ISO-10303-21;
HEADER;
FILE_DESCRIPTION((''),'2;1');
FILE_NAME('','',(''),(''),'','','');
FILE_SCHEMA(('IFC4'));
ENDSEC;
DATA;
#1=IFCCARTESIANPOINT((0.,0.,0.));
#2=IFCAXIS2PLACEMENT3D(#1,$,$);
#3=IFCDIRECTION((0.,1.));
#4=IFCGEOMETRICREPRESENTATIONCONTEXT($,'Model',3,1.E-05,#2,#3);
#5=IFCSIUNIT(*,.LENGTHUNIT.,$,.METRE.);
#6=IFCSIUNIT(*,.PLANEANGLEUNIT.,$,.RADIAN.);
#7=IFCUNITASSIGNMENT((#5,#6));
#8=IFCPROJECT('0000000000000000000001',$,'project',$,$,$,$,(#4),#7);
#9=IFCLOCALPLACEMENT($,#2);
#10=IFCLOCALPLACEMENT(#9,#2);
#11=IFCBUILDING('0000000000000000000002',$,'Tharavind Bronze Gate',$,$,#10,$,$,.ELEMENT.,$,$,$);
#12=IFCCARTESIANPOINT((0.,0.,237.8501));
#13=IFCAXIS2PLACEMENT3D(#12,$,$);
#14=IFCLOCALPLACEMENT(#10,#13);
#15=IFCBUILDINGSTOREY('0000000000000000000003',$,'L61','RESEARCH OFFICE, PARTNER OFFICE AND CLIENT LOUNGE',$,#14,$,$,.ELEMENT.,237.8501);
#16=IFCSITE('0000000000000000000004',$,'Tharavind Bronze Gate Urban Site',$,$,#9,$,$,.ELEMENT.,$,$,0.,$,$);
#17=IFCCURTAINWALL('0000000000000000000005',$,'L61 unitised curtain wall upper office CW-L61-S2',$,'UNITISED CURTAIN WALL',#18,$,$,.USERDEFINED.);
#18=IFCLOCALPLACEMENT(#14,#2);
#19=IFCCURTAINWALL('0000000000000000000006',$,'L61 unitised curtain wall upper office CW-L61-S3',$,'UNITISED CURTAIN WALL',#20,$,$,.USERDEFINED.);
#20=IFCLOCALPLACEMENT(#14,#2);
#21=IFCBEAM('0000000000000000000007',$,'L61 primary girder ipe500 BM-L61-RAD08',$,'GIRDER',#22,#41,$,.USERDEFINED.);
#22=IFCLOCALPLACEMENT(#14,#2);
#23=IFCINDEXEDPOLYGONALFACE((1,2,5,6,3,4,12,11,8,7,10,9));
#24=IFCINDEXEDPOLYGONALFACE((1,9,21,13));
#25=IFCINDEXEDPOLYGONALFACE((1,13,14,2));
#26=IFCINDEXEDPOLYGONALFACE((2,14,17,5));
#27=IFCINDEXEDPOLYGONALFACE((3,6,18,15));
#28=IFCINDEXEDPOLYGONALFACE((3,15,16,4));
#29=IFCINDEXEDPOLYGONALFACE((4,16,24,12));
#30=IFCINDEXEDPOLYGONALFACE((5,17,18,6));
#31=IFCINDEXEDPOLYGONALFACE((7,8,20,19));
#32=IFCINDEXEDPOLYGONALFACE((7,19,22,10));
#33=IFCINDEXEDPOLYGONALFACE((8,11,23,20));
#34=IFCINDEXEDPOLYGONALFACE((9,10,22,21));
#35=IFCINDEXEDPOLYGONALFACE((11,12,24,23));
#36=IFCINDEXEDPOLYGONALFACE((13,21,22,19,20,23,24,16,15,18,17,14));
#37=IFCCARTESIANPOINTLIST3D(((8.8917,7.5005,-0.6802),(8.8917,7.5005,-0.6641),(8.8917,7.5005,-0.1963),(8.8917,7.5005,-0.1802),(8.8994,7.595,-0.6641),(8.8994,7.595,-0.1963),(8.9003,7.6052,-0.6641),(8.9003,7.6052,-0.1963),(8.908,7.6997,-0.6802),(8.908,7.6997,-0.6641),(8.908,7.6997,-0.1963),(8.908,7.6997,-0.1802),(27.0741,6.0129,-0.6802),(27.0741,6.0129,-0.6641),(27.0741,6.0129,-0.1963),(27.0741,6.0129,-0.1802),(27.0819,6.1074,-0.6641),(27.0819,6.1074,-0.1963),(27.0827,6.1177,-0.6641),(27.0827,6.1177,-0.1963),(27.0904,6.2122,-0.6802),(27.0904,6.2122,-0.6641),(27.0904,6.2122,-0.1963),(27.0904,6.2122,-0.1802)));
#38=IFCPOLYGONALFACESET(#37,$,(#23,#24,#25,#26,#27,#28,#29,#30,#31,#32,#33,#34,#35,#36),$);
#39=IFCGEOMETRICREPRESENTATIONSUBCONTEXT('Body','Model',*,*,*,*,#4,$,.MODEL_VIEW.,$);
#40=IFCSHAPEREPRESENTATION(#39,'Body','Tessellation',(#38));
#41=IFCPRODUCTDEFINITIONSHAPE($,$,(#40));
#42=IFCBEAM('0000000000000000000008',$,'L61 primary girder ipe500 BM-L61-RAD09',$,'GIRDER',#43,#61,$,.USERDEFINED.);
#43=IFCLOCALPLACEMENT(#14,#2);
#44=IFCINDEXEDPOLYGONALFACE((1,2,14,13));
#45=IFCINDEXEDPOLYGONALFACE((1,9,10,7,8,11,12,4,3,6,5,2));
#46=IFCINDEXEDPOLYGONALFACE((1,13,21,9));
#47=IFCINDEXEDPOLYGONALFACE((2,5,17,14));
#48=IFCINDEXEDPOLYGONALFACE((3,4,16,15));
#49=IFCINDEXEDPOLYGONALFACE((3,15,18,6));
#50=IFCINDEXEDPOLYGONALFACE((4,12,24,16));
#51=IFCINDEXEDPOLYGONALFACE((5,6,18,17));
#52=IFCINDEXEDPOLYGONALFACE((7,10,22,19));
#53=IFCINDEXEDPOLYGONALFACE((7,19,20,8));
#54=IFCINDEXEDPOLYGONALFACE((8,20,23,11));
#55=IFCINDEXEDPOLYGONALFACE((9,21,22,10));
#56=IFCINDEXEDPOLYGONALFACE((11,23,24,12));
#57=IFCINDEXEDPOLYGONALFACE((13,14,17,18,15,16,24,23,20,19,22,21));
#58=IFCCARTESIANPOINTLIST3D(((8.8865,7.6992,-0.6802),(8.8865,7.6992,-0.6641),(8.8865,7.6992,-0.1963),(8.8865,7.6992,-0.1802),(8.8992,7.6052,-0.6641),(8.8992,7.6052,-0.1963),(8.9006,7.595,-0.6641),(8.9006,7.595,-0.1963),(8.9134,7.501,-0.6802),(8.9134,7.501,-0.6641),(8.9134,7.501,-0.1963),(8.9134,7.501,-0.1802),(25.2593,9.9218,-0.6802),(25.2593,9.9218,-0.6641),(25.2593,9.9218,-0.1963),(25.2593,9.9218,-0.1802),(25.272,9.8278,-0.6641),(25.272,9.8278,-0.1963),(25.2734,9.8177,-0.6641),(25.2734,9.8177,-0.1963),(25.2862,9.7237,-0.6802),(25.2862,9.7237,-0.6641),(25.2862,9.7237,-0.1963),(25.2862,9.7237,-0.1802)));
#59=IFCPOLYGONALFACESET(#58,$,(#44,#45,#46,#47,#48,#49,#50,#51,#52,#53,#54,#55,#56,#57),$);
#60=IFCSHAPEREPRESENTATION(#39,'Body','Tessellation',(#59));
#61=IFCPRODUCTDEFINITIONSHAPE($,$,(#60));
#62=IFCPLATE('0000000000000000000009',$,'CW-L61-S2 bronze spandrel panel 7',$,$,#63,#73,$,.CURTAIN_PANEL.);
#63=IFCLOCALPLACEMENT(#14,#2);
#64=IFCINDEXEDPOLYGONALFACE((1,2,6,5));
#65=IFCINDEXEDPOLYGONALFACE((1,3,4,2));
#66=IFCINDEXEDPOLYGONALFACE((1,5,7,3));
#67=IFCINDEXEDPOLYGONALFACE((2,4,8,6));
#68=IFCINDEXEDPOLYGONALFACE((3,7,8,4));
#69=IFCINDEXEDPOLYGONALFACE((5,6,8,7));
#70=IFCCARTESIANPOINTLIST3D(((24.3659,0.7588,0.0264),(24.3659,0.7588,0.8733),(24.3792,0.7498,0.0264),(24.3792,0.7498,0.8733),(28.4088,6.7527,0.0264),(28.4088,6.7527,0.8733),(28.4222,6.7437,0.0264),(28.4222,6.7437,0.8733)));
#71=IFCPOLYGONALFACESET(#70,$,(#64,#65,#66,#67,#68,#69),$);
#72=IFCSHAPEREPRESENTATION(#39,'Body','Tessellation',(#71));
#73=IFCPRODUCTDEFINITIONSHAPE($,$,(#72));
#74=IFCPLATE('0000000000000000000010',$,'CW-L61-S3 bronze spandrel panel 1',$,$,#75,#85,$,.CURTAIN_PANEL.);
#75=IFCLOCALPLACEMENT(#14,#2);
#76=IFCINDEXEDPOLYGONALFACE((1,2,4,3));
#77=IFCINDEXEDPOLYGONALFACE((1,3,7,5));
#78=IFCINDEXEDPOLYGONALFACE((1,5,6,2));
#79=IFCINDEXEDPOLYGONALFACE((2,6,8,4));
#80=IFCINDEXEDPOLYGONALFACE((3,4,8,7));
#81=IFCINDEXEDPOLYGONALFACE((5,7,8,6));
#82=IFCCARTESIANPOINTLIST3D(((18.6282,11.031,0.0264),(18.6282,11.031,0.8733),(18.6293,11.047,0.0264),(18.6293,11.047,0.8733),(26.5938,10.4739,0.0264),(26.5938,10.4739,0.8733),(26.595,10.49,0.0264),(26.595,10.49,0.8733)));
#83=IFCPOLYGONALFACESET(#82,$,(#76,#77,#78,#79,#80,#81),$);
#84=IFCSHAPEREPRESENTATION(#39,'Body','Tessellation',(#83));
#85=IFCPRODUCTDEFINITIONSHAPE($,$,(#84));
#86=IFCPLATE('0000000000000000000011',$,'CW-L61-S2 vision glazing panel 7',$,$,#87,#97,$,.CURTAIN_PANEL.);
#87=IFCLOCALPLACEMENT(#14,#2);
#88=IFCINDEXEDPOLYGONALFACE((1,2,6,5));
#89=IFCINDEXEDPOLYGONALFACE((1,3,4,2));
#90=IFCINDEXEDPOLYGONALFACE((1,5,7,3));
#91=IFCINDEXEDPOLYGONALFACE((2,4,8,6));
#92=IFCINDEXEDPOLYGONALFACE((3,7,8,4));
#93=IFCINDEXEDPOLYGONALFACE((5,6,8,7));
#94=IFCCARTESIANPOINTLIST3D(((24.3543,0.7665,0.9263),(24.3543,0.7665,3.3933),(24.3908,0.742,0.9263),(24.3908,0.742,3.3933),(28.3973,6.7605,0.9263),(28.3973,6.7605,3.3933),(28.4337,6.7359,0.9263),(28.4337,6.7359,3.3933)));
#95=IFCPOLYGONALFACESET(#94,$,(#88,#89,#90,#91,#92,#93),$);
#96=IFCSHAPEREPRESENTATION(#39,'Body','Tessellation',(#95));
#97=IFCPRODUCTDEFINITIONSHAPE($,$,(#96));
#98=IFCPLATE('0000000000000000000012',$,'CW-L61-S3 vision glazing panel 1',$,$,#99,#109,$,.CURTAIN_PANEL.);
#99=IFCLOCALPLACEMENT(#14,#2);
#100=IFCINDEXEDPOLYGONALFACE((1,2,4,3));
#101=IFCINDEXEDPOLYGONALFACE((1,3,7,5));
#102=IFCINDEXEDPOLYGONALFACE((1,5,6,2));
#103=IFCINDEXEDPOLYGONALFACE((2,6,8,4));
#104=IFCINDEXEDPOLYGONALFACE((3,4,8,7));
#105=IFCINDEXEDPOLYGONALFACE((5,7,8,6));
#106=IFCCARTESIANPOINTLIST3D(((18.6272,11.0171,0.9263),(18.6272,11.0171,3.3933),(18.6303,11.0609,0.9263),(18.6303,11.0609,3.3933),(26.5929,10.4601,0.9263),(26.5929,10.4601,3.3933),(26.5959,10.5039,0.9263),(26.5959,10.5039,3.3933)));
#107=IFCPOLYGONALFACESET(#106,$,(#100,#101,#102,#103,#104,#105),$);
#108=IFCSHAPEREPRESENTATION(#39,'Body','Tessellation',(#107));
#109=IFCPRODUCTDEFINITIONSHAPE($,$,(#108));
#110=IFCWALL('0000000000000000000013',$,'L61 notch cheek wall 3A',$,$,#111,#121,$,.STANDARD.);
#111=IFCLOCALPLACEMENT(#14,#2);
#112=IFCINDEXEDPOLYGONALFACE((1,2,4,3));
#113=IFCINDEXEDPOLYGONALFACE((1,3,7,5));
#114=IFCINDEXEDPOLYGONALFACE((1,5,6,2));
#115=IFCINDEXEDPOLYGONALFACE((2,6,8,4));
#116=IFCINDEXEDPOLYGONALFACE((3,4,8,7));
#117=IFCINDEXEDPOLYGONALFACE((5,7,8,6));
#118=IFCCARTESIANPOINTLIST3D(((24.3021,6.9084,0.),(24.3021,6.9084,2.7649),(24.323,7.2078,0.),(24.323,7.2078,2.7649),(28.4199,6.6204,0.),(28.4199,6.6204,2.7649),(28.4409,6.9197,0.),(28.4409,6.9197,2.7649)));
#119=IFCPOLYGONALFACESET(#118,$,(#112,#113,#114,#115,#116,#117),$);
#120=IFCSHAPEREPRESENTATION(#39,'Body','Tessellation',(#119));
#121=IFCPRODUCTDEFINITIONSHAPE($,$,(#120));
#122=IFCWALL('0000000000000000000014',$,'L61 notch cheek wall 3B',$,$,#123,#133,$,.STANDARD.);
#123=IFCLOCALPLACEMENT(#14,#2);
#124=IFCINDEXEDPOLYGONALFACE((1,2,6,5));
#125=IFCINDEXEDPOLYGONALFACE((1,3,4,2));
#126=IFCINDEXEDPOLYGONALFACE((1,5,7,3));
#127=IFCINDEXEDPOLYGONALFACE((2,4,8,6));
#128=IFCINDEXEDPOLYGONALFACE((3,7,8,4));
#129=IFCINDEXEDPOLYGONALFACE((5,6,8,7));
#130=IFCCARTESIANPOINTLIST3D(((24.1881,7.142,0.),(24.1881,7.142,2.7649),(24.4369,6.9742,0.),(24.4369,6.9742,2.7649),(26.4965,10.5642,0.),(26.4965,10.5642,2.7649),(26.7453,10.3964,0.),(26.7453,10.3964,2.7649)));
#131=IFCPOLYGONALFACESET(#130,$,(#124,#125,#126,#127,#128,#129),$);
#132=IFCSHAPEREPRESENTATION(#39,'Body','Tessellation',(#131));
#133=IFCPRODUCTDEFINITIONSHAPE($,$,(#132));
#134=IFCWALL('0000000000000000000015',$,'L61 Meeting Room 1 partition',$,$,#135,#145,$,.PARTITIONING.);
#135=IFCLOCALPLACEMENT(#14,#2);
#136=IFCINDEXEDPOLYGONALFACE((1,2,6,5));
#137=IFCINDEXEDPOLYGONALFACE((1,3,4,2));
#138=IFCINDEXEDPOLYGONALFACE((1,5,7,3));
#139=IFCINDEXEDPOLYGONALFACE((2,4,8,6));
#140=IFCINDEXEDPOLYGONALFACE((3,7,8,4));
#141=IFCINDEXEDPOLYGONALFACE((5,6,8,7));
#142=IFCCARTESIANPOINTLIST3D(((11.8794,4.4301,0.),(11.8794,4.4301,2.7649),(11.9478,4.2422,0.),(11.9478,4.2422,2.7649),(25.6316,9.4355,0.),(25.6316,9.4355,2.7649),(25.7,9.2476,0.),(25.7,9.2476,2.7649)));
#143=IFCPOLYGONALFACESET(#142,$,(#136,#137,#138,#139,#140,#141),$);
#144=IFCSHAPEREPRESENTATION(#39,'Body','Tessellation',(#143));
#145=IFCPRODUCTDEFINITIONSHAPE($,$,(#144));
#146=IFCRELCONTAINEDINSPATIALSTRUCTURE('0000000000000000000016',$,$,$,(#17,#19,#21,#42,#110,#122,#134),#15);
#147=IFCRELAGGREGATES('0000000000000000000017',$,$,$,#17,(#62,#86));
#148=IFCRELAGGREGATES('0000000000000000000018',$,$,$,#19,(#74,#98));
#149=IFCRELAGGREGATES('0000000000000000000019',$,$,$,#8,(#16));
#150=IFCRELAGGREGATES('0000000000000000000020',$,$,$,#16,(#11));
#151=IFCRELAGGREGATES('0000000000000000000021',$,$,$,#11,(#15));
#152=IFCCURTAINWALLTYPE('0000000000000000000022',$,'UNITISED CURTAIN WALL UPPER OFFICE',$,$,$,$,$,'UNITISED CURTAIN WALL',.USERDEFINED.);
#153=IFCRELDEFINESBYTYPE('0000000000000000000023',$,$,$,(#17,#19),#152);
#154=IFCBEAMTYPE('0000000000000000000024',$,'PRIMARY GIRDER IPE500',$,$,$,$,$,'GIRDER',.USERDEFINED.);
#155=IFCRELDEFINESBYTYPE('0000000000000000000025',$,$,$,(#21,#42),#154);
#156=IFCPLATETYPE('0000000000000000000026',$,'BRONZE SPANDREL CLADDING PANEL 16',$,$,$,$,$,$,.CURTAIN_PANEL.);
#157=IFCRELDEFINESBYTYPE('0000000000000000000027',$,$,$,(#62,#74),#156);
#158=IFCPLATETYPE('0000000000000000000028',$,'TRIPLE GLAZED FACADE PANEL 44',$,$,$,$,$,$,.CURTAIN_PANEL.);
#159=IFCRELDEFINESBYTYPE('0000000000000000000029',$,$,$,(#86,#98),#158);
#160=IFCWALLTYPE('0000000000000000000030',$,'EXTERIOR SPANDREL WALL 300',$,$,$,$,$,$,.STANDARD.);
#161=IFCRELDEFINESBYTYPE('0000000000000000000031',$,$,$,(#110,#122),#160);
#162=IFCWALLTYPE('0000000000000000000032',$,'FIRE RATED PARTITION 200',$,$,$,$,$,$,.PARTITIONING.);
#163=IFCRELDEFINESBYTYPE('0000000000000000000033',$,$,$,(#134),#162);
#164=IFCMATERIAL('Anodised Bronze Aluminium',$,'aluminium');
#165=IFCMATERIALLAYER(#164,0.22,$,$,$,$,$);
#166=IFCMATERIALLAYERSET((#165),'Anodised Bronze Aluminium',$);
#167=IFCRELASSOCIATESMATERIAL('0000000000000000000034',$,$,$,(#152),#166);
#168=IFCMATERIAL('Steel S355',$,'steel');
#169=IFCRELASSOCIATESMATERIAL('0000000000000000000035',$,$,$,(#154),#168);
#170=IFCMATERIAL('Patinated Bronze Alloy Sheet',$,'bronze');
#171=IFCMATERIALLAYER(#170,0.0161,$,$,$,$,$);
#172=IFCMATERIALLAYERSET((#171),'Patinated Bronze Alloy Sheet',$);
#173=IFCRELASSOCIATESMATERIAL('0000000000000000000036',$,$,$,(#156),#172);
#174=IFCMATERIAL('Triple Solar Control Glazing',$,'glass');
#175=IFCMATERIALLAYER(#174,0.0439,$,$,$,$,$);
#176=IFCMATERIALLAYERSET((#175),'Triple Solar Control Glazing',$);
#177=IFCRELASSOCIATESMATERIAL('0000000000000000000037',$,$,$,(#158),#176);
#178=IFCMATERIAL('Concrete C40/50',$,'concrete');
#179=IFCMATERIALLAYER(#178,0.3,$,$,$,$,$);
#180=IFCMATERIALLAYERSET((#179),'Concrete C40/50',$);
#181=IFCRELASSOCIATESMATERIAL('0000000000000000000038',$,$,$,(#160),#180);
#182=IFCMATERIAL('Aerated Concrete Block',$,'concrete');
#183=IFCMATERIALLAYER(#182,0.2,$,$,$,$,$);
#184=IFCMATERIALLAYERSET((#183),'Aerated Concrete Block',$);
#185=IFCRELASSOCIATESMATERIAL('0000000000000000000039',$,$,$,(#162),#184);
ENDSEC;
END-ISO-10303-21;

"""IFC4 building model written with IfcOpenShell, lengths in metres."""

from ifc_helpers import new_model, si_unit, direction, frame, frame_2d, origin, origin_2d, place, context, subcontext, project, spatial, rectangle, i_section, extrude, material, layer, layer_set, material_profile, profile_set, type_object, element, aggregate, save


model = new_model("IFC4")

# Units and contexts
model_context = context("Model", 3, precision=1e-05, world=origin(), true_north=direction((0.0, 1.0)))
body_context = subcontext(model_context, "Body", "Model", "MODEL_VIEW")
ifc_project = project(units=[si_unit("LENGTHUNIT", "METRE"), si_unit("PLANEANGLEUNIT", "RADIAN")], contexts=[model_context])

# Site, building, storey
site_placement = place(None, origin())
site = spatial("IfcSite", under=ifc_project, at=site_placement, Name="Tharavind Bronze Gate Urban Site", CompositionType="ELEMENT", RefElevation=0.0)
building_placement = place(site_placement, origin())
building = spatial("IfcBuilding", under=site, at=building_placement, Name="Tharavind Bronze Gate", CompositionType="ELEMENT")
storey_placement = place(building_placement, frame((0.0, 0.0, 237.8501)))
storey = spatial("IfcBuildingStorey", under=building, at=storey_placement, Name="L61", Description="RESEARCH OFFICE, PARTNER OFFICE AND CLIENT LOUNGE", CompositionType="ELEMENT", Elevation=237.8501)

# Curtain wall
ifc_material_1 = material(Name="Anodised Bronze Aluminium", Category="aluminium")
ifc_layer_1 = layer(ifc_material_1, 0.22)
ifc_layer_set_1 = layer_set([ifc_layer_1], Name="Anodised Bronze Aluminium")
curtain_wall_type = type_object("IfcCurtainWallType", Name="UNITISED CURTAIN WALL UPPER OFFICE", ElementType="UNITISED CURTAIN WALL", PredefinedType="USERDEFINED", material=ifc_layer_set_1)
curtain_wall_1_placement = place(storey_placement, origin())
curtain_wall_1 = element("IfcCurtainWall", 1, at=curtain_wall_1_placement, inside=storey, type_object=curtain_wall_type, Name="L61 unitised curtain wall upper office CW-L61-S2", ObjectType="UNITISED CURTAIN WALL", PredefinedType="USERDEFINED")

# Curtain wall
curtain_wall_2_placement = place(storey_placement, origin())
curtain_wall_2 = element("IfcCurtainWall", 2, at=curtain_wall_2_placement, inside=storey, type_object=curtain_wall_type, Name="L61 unitised curtain wall upper office CW-L61-S3", ObjectType="UNITISED CURTAIN WALL", PredefinedType="USERDEFINED")

# Beams
ifc_material_2 = material(Name="Steel S355", Category="steel")
ifc_material_profile_1 = material_profile(ifc_material_2, i_section(OverallWidth=0.2, OverallDepth=0.5, WebThickness=0.0103, FlangeThickness=0.0161, at=origin_2d()), Name="IPE500")
ifc_profile_set_1 = profile_set([ifc_material_profile_1], Name="Steel S355")
beam_type_1 = type_object("IfcBeamType", Name="PRIMARY GIRDER IPE500", ElementType="GIRDER", PredefinedType="USERDEFINED", material=ifc_profile_set_1)
beam_1_placement = place(storey_placement, frame((27.0823, 6.1125, -0.4302), z_axis=(-0.99667, 0.08154, 0.0), x_axis=(-0.08154, -0.99667, 0.0)))
element("IfcBeam", 3, at=beam_1_placement, inside=storey, type_object=beam_type_1, Name="L61 primary girder ipe500 BM-L61-RAD08", ObjectType="GIRDER", PredefinedType="USERDEFINED", context=body_context, shape_type="SweptSolid", body=[
    extrude(i_section(OverallWidth=0.2, OverallDepth=0.5, WebThickness=0.0103, FlangeThickness=0.0161, at=origin_2d()), origin(), (0.0, 0.0, 1.0), 18.2432),
])
beam_2_placement = place(storey_placement, frame((25.2727, 9.8228, -0.4302), z_axis=(-0.990911, -0.134519, 0.0), x_axis=(0.134519, -0.990911, 0.0)))
element("IfcBeam", 4, at=beam_2_placement, inside=storey, type_object=beam_type_1, Name="L61 primary girder ipe500 BM-L61-RAD09", ObjectType="GIRDER", PredefinedType="USERDEFINED", context=body_context, shape_type="SweptSolid", body=[
    extrude(i_section(OverallWidth=0.2, OverallDepth=0.5, WebThickness=0.0103, FlangeThickness=0.0161, at=origin_2d()), origin(), (0.0, 0.0, 1.0), 16.5229),
])

# Plates
ifc_material_3 = material(Name="Patinated Bronze Alloy Sheet", Category="bronze")
ifc_layer_2 = layer(ifc_material_3, 0.0161)
ifc_layer_set_2 = layer_set([ifc_layer_2], Name="Patinated Bronze Alloy Sheet")
plate_type_1 = type_object("IfcPlateType", Name="BRONZE SPANDREL CLADDING PANEL 16", PredefinedType="CURTAIN_PANEL", material=ifc_layer_set_2)
plate_1_placement = place(storey_placement, frame((26.394, 3.7512, 0.0264), z_axis=(0.0, 0.0, 1.0), x_axis=(0.559193, 0.829038, 0.0)))
plate_1 = element("IfcPlate", 5, at=plate_1_placement, type_object=plate_type_1, Name="CW-L61-S2 bronze spandrel panel 7", PredefinedType="CURTAIN_PANEL", context=body_context, shape_type="SweptSolid", body=[
    extrude(rectangle(XDim=7.23, YDim=0.0161, at=origin_2d()), origin(), (0.0, 0.0, 1.0), 0.8469),
])
plate_2_placement = place(storey_placement, frame((22.6116, 10.7605, 0.0264), z_axis=(0.0, 0.0, 1.0), x_axis=(-0.997564, 0.069758, 0.0)))
plate_2 = element("IfcPlate", 6, at=plate_2_placement, type_object=plate_type_1, Name="CW-L61-S3 bronze spandrel panel 1", PredefinedType="CURTAIN_PANEL", context=body_context, shape_type="SweptSolid", body=[
    extrude(rectangle(XDim=7.9851, YDim=0.0161, at=origin_2d()), origin(), (0.0, 0.0, 1.0), 0.8469),
])
ifc_material_4 = material(Name="Triple Solar Control Glazing", Category="glass")
ifc_layer_3 = layer(ifc_material_4, 0.0439)
ifc_layer_set_3 = layer_set([ifc_layer_3], Name="Triple Solar Control Glazing")
plate_type_2 = type_object("IfcPlateType", Name="TRIPLE GLAZED FACADE PANEL 44", PredefinedType="CURTAIN_PANEL", material=ifc_layer_set_3)
plate_3_placement = place(storey_placement, frame((26.394, 3.7512, 0.9263), z_axis=(0.0, 0.0, 1.0), x_axis=(0.559193, 0.829038, 0.0)))
plate_3 = element("IfcPlate", 7, at=plate_3_placement, type_object=plate_type_2, Name="CW-L61-S2 vision glazing panel 7", PredefinedType="CURTAIN_PANEL", context=body_context, shape_type="SweptSolid", body=[
    extrude(rectangle(XDim=7.23, YDim=0.0439, at=origin_2d()), origin(), (0.0, 0.0, 1.0), 2.467),
])
aggregate(curtain_wall_1, [plate_1, plate_3])
plate_4_placement = place(storey_placement, frame((22.6116, 10.7605, 0.9263), z_axis=(0.0, 0.0, 1.0), x_axis=(-0.997564, 0.069758, 0.0)))
plate_4 = element("IfcPlate", 8, at=plate_4_placement, type_object=plate_type_2, Name="CW-L61-S3 vision glazing panel 1", PredefinedType="CURTAIN_PANEL", context=body_context, shape_type="SweptSolid", body=[
    extrude(rectangle(XDim=7.9851, YDim=0.0439, at=origin_2d()), origin(), (0.0, 0.0, 1.0), 2.467),
])
aggregate(curtain_wall_2, [plate_2, plate_4])

# Walls
ifc_material_5 = material(Name="Concrete C40/50", Category="concrete")
ifc_layer_4 = layer(ifc_material_5, 0.3)
ifc_layer_set_4 = layer_set([ifc_layer_4], Name="Concrete C40/50")
wall_type_1 = type_object("IfcWallType", Name="EXTERIOR SPANDREL WALL 300", PredefinedType="STANDARD", material=ifc_layer_set_4)
for number, where, z_axis, x_axis, name in (
    (9, (28.4304, 6.77, 0.0), (0.0, 0.0, 1.0), (-0.997562, 0.069789, 0.0), "L61 notch cheek wall 3A"),
    (10, (24.3125, 7.0581, 0.0), (0.0, 0.0, 1.0), (0.55921, 0.829026, 0.0), "L61 notch cheek wall 3B"),
):
    element("IfcWall", number, at=place(storey_placement, frame(where, z_axis=z_axis, x_axis=x_axis)), inside=storey, type_object=wall_type_1, Name=name, PredefinedType="STANDARD", context=body_context, shape_type="SweptSolid", body=[
        extrude(rectangle(XDim=4.1279, YDim=0.3, at=frame_2d((2.064, 0.0))), origin(), (0.0, 0.0, 1.0), 2.7649),
    ])
ifc_material_6 = material(Name="Aerated Concrete Block", Category="concrete")
ifc_layer_5 = layer(ifc_material_6, 0.2)
ifc_layer_set_5 = layer_set([ifc_layer_5], Name="Aerated Concrete Block")
wall_type_2 = type_object("IfcWallType", Name="FIRE RATED PARTITION 200", PredefinedType="PARTITIONING", material=ifc_layer_set_5)
wall_placement = place(storey_placement, frame((25.6658, 9.3416, 0.0), z_axis=(0.0, 0.0, 1.0), x_axis=(-0.939693, -0.342019, 0.0)))
element("IfcWall", 11, at=wall_placement, inside=storey, type_object=wall_type_2, Name="L61 Meeting Room 1 partition", PredefinedType="PARTITIONING", context=body_context, shape_type="SweptSolid", body=[
    extrude(rectangle(XDim=14.6348, YDim=0.2, at=frame_2d((7.3174, 0.0))), origin(), (0.0, 0.0, 1.0), 2.7649),
])

save(model, "model.ifc")
